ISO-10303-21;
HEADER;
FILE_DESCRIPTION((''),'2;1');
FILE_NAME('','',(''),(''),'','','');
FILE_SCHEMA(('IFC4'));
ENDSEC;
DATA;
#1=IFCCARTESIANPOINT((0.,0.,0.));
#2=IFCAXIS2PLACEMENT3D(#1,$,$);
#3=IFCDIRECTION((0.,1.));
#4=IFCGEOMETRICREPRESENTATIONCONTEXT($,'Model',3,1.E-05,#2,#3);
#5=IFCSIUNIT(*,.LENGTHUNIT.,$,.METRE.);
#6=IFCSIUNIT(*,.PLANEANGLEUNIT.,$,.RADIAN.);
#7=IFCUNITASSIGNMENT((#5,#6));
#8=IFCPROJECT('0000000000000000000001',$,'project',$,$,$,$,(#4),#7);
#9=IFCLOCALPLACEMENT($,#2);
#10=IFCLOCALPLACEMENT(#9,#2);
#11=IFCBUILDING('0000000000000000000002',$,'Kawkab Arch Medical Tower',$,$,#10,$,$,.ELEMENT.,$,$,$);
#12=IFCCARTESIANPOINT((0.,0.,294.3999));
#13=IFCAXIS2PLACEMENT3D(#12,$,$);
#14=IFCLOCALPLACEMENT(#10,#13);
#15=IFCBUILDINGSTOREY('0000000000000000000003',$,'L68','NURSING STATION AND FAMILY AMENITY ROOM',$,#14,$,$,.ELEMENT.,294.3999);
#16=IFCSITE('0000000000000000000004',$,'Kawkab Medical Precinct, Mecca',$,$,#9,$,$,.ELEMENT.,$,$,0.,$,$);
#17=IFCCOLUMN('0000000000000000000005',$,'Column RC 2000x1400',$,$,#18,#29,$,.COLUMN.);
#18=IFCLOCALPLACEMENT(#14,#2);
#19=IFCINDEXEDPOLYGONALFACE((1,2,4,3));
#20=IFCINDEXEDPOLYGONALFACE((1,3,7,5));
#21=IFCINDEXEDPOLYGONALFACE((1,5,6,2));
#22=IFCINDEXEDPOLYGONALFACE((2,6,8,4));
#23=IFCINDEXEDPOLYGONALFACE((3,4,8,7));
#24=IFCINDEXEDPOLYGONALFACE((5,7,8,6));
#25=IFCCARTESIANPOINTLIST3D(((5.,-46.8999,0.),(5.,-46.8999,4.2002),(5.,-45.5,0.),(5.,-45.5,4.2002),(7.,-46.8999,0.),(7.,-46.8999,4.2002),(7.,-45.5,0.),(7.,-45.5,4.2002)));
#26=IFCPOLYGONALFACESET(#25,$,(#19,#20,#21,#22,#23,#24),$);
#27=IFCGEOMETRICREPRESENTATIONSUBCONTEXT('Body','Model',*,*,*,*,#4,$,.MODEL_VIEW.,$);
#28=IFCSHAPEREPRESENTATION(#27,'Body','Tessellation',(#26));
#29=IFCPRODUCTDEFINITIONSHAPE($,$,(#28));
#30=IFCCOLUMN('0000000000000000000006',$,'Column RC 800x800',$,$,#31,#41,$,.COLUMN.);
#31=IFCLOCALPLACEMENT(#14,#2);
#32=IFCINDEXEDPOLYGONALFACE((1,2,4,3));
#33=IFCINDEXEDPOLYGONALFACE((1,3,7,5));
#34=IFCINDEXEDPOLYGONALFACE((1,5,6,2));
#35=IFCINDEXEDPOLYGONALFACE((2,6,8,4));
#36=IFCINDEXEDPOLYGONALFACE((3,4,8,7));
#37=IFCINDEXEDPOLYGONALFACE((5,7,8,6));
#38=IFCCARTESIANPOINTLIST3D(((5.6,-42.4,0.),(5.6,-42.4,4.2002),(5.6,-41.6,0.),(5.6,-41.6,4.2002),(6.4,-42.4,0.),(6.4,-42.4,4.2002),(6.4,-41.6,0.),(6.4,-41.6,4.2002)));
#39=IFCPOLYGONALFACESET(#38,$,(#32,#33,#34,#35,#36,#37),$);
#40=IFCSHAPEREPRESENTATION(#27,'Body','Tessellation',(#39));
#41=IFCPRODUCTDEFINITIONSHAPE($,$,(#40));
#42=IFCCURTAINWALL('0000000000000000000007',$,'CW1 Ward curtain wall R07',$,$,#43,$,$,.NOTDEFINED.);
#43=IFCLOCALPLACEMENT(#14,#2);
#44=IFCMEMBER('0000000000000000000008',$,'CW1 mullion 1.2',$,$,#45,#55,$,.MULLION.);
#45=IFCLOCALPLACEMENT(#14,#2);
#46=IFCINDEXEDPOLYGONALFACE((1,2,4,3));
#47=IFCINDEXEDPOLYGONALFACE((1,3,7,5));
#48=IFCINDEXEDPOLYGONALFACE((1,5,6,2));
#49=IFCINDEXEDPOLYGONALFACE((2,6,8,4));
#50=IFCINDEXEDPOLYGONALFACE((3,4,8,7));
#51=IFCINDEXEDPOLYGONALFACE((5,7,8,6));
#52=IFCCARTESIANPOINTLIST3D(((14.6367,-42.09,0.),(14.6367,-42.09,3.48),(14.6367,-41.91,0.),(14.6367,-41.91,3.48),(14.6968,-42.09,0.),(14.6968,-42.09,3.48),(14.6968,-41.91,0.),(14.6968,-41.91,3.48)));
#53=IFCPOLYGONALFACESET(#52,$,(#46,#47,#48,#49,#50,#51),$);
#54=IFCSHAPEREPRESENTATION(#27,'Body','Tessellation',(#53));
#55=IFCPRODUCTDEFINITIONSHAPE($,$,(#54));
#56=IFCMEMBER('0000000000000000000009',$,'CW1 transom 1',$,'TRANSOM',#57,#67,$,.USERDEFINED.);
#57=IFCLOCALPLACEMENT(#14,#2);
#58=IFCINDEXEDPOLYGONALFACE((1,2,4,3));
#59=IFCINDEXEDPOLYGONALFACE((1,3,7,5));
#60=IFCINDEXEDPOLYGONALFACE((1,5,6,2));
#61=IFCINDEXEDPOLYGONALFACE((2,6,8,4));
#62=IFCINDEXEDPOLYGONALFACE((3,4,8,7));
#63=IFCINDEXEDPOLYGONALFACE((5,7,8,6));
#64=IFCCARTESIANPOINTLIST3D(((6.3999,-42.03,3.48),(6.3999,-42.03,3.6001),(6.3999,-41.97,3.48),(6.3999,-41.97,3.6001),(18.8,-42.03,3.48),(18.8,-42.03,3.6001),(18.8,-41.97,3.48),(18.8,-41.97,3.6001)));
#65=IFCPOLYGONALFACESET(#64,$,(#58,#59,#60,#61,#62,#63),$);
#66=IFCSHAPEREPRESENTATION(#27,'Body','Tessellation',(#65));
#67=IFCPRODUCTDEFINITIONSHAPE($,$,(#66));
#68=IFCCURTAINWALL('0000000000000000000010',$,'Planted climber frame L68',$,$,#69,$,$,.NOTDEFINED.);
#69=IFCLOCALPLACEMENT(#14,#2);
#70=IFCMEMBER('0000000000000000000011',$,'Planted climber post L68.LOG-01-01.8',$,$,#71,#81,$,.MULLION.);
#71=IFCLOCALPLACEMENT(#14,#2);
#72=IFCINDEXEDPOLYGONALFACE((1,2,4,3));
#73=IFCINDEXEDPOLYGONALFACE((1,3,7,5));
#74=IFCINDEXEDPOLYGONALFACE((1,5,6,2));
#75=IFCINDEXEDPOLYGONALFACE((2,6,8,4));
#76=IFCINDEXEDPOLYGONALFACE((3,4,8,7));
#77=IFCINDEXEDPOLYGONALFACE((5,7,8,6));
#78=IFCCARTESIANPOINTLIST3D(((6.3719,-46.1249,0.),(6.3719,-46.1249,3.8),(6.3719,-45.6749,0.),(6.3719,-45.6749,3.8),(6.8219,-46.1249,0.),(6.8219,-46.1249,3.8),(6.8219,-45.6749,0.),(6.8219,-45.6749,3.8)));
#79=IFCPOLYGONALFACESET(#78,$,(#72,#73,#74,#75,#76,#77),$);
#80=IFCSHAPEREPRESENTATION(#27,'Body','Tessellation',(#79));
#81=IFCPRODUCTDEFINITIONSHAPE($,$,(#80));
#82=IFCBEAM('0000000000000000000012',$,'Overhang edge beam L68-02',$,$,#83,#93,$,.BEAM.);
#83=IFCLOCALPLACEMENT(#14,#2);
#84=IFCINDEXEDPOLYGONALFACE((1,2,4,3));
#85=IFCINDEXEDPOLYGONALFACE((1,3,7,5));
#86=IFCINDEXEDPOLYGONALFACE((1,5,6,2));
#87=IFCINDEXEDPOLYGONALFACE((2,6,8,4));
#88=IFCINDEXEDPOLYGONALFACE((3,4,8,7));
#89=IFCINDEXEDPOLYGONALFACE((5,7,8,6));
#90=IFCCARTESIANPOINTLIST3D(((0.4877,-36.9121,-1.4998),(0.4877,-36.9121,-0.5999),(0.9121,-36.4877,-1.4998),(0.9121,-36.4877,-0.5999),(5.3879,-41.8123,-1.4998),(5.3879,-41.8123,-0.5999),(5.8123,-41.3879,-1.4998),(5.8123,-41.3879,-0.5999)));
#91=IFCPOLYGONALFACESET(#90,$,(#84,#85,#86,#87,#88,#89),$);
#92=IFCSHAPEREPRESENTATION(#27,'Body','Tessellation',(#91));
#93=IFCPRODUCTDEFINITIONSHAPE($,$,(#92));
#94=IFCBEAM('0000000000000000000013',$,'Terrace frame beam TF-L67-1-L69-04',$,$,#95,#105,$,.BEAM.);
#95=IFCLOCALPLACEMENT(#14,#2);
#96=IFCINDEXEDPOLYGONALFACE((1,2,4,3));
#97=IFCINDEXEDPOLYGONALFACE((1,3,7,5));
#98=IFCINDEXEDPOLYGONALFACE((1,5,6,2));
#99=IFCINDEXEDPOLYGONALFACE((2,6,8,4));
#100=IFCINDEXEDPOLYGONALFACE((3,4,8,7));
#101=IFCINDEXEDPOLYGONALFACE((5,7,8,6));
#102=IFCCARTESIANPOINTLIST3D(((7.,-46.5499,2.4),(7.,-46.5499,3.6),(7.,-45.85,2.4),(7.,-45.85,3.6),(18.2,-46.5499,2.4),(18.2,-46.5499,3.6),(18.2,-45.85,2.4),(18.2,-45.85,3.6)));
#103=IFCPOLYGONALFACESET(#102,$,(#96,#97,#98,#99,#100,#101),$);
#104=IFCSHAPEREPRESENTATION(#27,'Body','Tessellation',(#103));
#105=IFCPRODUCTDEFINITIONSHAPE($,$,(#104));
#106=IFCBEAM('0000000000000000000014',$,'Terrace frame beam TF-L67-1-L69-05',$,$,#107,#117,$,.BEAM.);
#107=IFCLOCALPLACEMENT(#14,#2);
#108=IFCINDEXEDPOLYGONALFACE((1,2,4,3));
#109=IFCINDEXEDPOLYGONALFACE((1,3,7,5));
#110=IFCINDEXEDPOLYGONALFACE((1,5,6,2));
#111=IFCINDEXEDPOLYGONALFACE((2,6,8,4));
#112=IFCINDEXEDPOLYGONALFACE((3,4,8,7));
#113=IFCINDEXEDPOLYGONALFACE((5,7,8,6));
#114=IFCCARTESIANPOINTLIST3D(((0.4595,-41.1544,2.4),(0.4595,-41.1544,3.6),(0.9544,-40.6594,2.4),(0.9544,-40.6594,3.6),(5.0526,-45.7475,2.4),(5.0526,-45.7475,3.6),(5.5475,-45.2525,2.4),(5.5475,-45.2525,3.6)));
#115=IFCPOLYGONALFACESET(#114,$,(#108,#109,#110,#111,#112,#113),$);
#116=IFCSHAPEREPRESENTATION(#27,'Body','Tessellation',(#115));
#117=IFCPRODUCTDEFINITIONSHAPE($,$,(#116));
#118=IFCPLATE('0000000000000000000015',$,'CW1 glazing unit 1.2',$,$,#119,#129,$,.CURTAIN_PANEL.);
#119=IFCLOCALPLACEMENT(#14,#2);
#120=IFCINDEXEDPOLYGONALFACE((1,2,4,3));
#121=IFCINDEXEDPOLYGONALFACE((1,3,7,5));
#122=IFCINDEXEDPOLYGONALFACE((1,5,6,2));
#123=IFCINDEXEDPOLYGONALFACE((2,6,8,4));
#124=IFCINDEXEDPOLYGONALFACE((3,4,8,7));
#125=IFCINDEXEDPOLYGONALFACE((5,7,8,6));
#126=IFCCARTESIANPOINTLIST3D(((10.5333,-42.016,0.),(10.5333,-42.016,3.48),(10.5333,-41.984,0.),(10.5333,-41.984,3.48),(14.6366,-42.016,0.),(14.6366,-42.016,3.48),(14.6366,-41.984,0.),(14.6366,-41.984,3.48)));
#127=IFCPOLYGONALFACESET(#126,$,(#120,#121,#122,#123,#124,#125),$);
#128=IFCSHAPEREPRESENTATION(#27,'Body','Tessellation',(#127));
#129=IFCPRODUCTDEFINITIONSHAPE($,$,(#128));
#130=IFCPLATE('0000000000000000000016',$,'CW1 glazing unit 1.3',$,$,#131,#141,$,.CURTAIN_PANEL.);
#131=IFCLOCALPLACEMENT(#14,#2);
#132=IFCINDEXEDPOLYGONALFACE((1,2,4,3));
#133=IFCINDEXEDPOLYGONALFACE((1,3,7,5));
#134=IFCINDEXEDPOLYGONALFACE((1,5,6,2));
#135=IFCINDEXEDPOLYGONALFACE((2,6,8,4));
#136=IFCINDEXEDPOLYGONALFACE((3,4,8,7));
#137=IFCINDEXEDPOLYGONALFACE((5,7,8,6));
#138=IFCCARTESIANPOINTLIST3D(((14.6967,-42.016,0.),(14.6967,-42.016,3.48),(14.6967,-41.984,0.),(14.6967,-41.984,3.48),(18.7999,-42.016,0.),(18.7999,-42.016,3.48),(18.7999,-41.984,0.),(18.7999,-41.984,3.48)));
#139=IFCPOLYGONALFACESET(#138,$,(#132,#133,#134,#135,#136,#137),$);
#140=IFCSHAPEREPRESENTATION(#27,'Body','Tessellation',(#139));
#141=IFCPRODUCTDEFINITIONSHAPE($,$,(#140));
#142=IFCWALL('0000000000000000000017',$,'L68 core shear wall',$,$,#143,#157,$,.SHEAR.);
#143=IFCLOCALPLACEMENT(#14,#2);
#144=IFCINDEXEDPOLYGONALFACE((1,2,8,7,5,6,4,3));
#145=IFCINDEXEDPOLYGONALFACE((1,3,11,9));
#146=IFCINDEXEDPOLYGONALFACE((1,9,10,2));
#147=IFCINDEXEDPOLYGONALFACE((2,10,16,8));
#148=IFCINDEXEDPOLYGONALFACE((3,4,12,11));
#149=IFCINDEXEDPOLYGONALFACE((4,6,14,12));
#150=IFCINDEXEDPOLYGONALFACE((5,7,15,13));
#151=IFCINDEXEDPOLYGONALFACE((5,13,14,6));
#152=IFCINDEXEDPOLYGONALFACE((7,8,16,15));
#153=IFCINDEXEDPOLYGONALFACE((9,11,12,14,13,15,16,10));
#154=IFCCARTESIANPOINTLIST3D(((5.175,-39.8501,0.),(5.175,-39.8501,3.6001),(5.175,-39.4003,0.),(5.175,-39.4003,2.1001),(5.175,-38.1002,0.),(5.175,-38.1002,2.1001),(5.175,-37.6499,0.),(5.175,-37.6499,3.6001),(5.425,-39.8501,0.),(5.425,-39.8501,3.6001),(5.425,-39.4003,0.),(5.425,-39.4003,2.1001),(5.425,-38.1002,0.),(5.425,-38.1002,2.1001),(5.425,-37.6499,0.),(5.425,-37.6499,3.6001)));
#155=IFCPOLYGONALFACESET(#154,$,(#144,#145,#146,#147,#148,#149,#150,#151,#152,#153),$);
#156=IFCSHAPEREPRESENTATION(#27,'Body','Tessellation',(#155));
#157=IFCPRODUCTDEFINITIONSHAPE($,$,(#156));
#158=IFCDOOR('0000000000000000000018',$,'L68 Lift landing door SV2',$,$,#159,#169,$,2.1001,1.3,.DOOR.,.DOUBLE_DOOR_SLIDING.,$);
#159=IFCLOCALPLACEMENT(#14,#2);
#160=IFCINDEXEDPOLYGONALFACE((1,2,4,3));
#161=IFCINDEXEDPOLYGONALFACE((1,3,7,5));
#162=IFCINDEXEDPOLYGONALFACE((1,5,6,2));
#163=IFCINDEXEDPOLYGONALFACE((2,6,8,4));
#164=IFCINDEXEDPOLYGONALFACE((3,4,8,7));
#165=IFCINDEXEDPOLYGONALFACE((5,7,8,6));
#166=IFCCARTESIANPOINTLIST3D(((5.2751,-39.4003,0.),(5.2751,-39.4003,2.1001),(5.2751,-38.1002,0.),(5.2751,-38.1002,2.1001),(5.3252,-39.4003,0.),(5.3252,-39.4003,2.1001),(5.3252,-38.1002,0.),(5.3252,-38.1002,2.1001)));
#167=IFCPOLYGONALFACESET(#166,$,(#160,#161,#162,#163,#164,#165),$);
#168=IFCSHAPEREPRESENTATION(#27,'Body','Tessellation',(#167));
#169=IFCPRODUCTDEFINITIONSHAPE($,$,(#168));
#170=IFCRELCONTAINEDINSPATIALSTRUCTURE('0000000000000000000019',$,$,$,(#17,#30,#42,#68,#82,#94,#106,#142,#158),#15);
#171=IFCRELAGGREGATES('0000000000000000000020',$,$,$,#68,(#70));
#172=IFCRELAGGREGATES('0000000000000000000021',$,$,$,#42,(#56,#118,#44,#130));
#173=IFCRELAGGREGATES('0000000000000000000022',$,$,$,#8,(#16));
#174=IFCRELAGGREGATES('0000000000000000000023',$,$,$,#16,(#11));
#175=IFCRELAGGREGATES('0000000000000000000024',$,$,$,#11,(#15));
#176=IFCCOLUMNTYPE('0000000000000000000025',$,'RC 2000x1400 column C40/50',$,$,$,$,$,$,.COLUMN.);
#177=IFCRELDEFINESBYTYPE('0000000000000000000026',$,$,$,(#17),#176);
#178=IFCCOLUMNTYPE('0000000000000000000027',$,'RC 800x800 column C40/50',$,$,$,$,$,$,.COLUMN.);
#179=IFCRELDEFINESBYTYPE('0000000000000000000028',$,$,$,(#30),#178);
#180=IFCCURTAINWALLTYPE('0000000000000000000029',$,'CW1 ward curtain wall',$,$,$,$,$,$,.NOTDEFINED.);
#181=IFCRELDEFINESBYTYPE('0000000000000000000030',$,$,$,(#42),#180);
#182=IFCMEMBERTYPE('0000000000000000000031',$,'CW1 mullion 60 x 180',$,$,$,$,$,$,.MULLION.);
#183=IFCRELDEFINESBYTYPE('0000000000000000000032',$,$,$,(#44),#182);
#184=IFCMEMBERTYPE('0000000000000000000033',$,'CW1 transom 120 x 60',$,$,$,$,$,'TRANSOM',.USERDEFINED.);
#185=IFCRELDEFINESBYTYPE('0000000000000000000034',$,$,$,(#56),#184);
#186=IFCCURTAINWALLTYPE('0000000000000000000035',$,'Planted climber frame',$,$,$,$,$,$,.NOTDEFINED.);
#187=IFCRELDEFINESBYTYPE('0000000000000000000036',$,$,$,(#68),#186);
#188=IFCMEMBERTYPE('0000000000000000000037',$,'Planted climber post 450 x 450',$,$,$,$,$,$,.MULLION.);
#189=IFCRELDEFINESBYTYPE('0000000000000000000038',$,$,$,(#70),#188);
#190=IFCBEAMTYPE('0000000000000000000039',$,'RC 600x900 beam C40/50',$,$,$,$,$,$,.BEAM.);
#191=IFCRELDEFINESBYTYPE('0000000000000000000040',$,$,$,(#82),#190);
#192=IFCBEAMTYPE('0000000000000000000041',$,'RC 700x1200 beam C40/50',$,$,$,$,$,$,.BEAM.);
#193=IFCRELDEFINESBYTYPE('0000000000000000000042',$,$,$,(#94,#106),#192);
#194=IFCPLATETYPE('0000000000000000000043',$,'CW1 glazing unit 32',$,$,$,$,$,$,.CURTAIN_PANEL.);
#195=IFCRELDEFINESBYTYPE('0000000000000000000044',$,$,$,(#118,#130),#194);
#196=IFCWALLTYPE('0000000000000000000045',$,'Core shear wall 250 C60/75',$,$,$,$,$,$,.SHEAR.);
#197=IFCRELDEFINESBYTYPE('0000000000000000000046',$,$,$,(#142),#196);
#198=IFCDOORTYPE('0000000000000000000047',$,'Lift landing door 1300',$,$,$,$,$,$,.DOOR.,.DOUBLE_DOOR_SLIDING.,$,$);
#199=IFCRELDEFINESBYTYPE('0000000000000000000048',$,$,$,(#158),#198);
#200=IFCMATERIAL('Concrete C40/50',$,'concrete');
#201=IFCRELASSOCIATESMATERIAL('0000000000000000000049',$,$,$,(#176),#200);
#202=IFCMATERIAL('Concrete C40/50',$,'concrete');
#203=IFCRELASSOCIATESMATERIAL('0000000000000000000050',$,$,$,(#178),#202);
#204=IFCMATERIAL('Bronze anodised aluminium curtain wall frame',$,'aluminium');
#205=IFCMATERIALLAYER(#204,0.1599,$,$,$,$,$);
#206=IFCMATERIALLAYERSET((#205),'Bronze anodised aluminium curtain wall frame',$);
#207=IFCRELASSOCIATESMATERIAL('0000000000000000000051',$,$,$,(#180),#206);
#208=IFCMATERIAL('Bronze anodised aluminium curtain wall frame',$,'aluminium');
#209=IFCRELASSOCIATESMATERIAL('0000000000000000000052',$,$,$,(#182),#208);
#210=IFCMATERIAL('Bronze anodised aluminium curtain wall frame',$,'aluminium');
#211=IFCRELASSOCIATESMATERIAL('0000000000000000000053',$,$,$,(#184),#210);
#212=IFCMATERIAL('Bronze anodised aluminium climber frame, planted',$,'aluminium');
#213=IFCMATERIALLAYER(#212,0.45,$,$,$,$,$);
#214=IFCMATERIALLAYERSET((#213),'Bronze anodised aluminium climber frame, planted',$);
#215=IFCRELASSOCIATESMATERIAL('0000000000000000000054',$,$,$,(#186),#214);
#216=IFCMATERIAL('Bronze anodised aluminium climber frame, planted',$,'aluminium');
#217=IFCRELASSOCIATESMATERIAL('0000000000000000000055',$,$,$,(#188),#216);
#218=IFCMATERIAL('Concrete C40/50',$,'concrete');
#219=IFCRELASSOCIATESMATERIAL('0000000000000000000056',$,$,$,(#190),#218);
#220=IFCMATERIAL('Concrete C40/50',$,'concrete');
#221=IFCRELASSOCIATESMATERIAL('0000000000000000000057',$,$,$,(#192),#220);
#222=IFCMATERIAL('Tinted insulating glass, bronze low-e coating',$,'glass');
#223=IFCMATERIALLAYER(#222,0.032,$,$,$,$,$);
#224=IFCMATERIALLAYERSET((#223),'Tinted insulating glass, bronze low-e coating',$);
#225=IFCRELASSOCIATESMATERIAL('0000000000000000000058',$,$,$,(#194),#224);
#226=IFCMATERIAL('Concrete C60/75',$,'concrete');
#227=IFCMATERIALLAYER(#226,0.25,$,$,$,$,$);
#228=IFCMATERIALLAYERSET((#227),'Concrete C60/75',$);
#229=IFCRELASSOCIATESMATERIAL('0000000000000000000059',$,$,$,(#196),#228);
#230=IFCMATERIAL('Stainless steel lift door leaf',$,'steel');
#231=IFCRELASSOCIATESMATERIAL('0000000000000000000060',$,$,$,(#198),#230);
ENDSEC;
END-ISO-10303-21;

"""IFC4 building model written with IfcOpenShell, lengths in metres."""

from ifc_helpers import new_model, si_unit, direction, frame, frame_2d, origin, origin_2d, place, context, subcontext, project, spatial, rectangle, extrude, material, layer, layer_set, material_profile, profile_set, type_object, element, fill, aggregate, save


model = new_model("IFC4")

# Units and contexts
model_context = context("Model", 3, precision=1e-05, world=origin(), true_north=direction((0.0, 1.0)))
body_context = subcontext(model_context, "Body", "Model", "MODEL_VIEW")
ifc_project = project(units=[si_unit("LENGTHUNIT", "METRE"), si_unit("PLANEANGLEUNIT", "RADIAN")], contexts=[model_context])

# Site, building, storey
site_placement = place(None, origin())
site = spatial("IfcSite", under=ifc_project, at=site_placement, Name="Kawkab Medical Precinct, Mecca", CompositionType="ELEMENT", RefElevation=0.0)
building_placement = place(site_placement, origin())
building = spatial("IfcBuilding", under=site, at=building_placement, Name="Kawkab Arch Medical Tower", CompositionType="ELEMENT")
storey_placement = place(building_placement, frame((0.0, 0.0, 294.3999)))
storey = spatial("IfcBuildingStorey", under=building, at=storey_placement, Name="L68", Description="NURSING STATION AND FAMILY AMENITY ROOM", CompositionType="ELEMENT", Elevation=294.3999)

# Columns
ifc_material_1 = material(Name="Concrete C40/50", Category="concrete")
ifc_material_profile_1 = material_profile(ifc_material_1, rectangle(XDim=2.0, YDim=1.3999, at=origin_2d()), Name="RC 2000x1400")
ifc_profile_set_1 = profile_set([ifc_material_profile_1], Name="Concrete C40/50")
column_type_1 = type_object("IfcColumnType", Name="RC 2000x1400 column C40/50", PredefinedType="COLUMN", material=ifc_profile_set_1)
column_1_placement = place(storey_placement, frame((6.0, -46.2, 0.0), z_axis=(0.0, 0.0, 1.0), x_axis=(-1.0, 0.0, 0.0)))
element("IfcColumn", 1, at=column_1_placement, inside=storey, type_object=column_type_1, Name="Column RC 2000x1400", PredefinedType="COLUMN", context=body_context, shape_type="SweptSolid", body=[
    extrude(rectangle(XDim=2.0, YDim=1.3999, at=origin_2d()), origin(), (0.0, 0.0, 1.0), 4.2002),
])
ifc_material_2 = material(Name="Concrete C40/50", Category="concrete")
ifc_material_profile_2 = material_profile(ifc_material_2, rectangle(XDim=0.8, YDim=0.8, at=origin_2d()), Name="RC 800x800")
ifc_profile_set_2 = profile_set([ifc_material_profile_2], Name="Concrete C40/50")
column_type_2 = type_object("IfcColumnType", Name="RC 800x800 column C40/50", PredefinedType="COLUMN", material=ifc_profile_set_2)
column_2_placement = place(storey_placement, frame((6.0, -42.0, 0.0), z_axis=(0.0, 0.0, 1.0), x_axis=(1.0, 0.0, 0.0)))
element("IfcColumn", 2, at=column_2_placement, inside=storey, type_object=column_type_2, Name="Column RC 800x800", PredefinedType="COLUMN", context=body_context, shape_type="SweptSolid", body=[
    extrude(rectangle(XDim=0.8, YDim=0.8, at=origin_2d()), origin(), (0.0, 0.0, 1.0), 4.2002),
])

# Curtain wall, members
ifc_material_3 = material(Name="Bronze anodised aluminium curtain wall frame", Category="aluminium")
ifc_layer_1 = layer(ifc_material_3, 0.1599)
ifc_layer_set_1 = layer_set([ifc_layer_1], Name="Bronze anodised aluminium curtain wall frame")
curtain_wall_type_1 = type_object("IfcCurtainWallType", Name="CW1 ward curtain wall", PredefinedType="NOTDEFINED", material=ifc_layer_set_1)
placement = place(storey_placement, origin())
curtain_wall_1 = element("IfcCurtainWall", 3, at=placement, inside=storey, type_object=curtain_wall_type_1, Name="CW1 Ward curtain wall R07", PredefinedType="NOTDEFINED")
ifc_material_4 = material(Name="Bronze anodised aluminium curtain wall frame", Category="aluminium")
ifc_material_profile_3 = material_profile(ifc_material_4, rectangle(XDim=0.1799, YDim=0.0601, at=origin_2d()), Name="AL 60x180")
ifc_profile_set_3 = profile_set([ifc_material_profile_3], Name="Bronze anodised aluminium curtain wall frame")
member_type_1 = type_object("IfcMemberType", Name="CW1 mullion 60 x 180", PredefinedType="MULLION", material=ifc_profile_set_3)
member_1_placement = place(storey_placement, frame((14.6667, -42.0, 0.0), z_axis=(0.0, 0.0, 1.0), x_axis=(0.0, 1.0, 0.0)))
member_1 = element("IfcMember", 4, at=member_1_placement, type_object=member_type_1, Name="CW1 mullion 1.2", PredefinedType="MULLION", context=body_context, shape_type="SweptSolid", body=[
    extrude(rectangle(XDim=0.1799, YDim=0.0601, at=origin_2d()), origin(), (0.0, 0.0, 1.0), 3.48),
])
ifc_material_5 = material(Name="Bronze anodised aluminium curtain wall frame", Category="aluminium")
ifc_material_profile_4 = material_profile(ifc_material_5, rectangle(XDim=0.0601, YDim=0.1201, at=origin_2d()), Name="AL 60x120")
ifc_profile_set_4 = profile_set([ifc_material_profile_4], Name="Bronze anodised aluminium curtain wall frame")
member_type_2 = type_object("IfcMemberType", Name="CW1 transom 120 x 60", ElementType="TRANSOM", PredefinedType="USERDEFINED", material=ifc_profile_set_4)
member_2_placement = place(storey_placement, frame((6.3999, -42.0, 3.54), z_axis=(1.0, 0.0, 0.0), x_axis=(0.0, 1.0, 0.0)))
member_2 = element("IfcMember", 5, at=member_2_placement, type_object=member_type_2, Name="CW1 transom 1", ObjectType="TRANSOM", PredefinedType="USERDEFINED", context=body_context, shape_type="SweptSolid", body=[
    extrude(rectangle(XDim=0.0601, YDim=0.1201, at=origin_2d()), origin(), (0.0, 0.0, 1.0), 12.4001),
])

# Curtain wall, member
ifc_material_6 = material(Name="Bronze anodised aluminium climber frame, planted", Category="aluminium")
ifc_layer_2 = layer(ifc_material_6, 0.45)
ifc_layer_set_2 = layer_set([ifc_layer_2], Name="Bronze anodised aluminium climber frame, planted")
curtain_wall_type_2 = type_object("IfcCurtainWallType", Name="Planted climber frame", PredefinedType="NOTDEFINED", material=ifc_layer_set_2)
curtain_wall_2 = element("IfcCurtainWall", 6, at=placement, inside=storey, type_object=curtain_wall_type_2, Name="Planted climber frame L68", PredefinedType="NOTDEFINED")
ifc_material_7 = material(Name="Bronze anodised aluminium climber frame, planted", Category="aluminium")
ifc_material_profile_5 = material_profile(ifc_material_7, rectangle(XDim=0.45, YDim=0.45, at=origin_2d()), Name="Post 450x450")
ifc_profile_set_5 = profile_set([ifc_material_profile_5], Name="Bronze anodised aluminium climber frame, planted")
member_type_3 = type_object("IfcMemberType", Name="Planted climber post 450 x 450", PredefinedType="MULLION", material=ifc_profile_set_5)
member_3_placement = place(storey_placement, frame((6.5969, -45.8999, 0.0), z_axis=(0.0, 0.0, 1.0), x_axis=(1.0, 0.0, 0.0)))
member_3 = element("IfcMember", 7, at=member_3_placement, type_object=member_type_3, Name="Planted climber post L68.LOG-01-01.8", PredefinedType="MULLION", context=body_context, shape_type="SweptSolid", body=[
    extrude(rectangle(XDim=0.45, YDim=0.45, at=origin_2d()), origin(), (0.0, 0.0, 1.0), 3.8),
])
aggregate(curtain_wall_2, [member_3])

# Beams
ifc_material_8 = material(Name="Concrete C40/50", Category="concrete")
ifc_material_profile_6 = material_profile(ifc_material_8, rectangle(XDim=0.6001, YDim=0.8999, at=origin_2d()), Name="RC 600x900")
ifc_profile_set_6 = profile_set([ifc_material_profile_6], Name="Concrete C40/50")
beam_type_1 = type_object("IfcBeamType", Name="RC 600x900 beam C40/50", PredefinedType="BEAM", material=ifc_profile_set_6)
beam_1_placement = place(storey_placement, frame((5.6001, -41.6001, -1.0498), z_axis=(-0.707107, 0.707107, 0.0), x_axis=(-0.707107, -0.707107, 0.0)))
element("IfcBeam", 8, at=beam_1_placement, inside=storey, type_object=beam_type_1, Name="Overhang edge beam L68-02", PredefinedType="BEAM", context=body_context, shape_type="SweptSolid", body=[
    extrude(rectangle(XDim=0.6001, YDim=0.8999, at=origin_2d()), origin(), (0.0, 0.0, 1.0), 6.9299),
])
ifc_material_9 = material(Name="Concrete C40/50", Category="concrete")
ifc_material_profile_7 = material_profile(ifc_material_9, rectangle(XDim=0.7, YDim=1.2, at=origin_2d()), Name="RC 700x1200")
ifc_profile_set_7 = profile_set([ifc_material_profile_7], Name="Concrete C40/50")
beam_type_2 = type_object("IfcBeamType", Name="RC 700x1200 beam C40/50", PredefinedType="BEAM", material=ifc_profile_set_7)
beam_2_placement = place(storey_placement, frame((18.2, -46.2, 3.0), z_axis=(-1.0, 0.0, 0.0), x_axis=(0.0, -1.0, 0.0)))
element("IfcBeam", 9, at=beam_2_placement, inside=storey, type_object=beam_type_2, Name="Terrace frame beam TF-L67-1-L69-04", PredefinedType="BEAM", context=body_context, shape_type="SweptSolid", body=[
    extrude(rectangle(XDim=0.7, YDim=1.2, at=origin_2d()), origin(), (0.0, 0.0, 1.0), 11.2),
])
beam_3_placement = place(storey_placement, frame((5.3, -45.5, 3.0), z_axis=(-0.707107, 0.707107, 0.0), x_axis=(-0.707107, -0.707107, 0.0)))
element("IfcBeam", 10, at=beam_3_placement, inside=storey, type_object=beam_type_2, Name="Terrace frame beam TF-L67-1-L69-05", PredefinedType="BEAM", context=body_context, shape_type="SweptSolid", body=[
    extrude(rectangle(XDim=0.7, YDim=1.2, at=origin_2d()), origin(), (0.0, 0.0, 1.0), 6.4956),
])

# Plates
ifc_material_10 = material(Name="Tinted insulating glass, bronze low-e coating", Category="glass")
ifc_layer_3 = layer(ifc_material_10, 0.032)
ifc_layer_set_3 = layer_set([ifc_layer_3], Name="Tinted insulating glass, bronze low-e coating")
plate_type = type_object("IfcPlateType", Name="CW1 glazing unit 32", PredefinedType="CURTAIN_PANEL", material=ifc_layer_set_3)
plate_1_placement = place(storey_placement, frame((12.585, -42.0, 0.0), z_axis=(0.0, 0.0, 1.0), x_axis=(1.0, 0.0, 0.0)))
plate_1 = element("IfcPlate", 11, at=plate_1_placement, type_object=plate_type, Name="CW1 glazing unit 1.2", PredefinedType="CURTAIN_PANEL", context=body_context, shape_type="SweptSolid", body=[
    extrude(rectangle(XDim=4.1033, YDim=0.032, at=origin_2d()), origin(), (0.0, 0.0, 1.0), 3.48),
])
plate_2_placement = place(storey_placement, frame((16.7483, -42.0, 0.0), z_axis=(0.0, 0.0, 1.0), x_axis=(1.0, 0.0, 0.0)))
plate_2 = element("IfcPlate", 12, at=plate_2_placement, type_object=plate_type, Name="CW1 glazing unit 1.3", PredefinedType="CURTAIN_PANEL", context=body_context, shape_type="SweptSolid", body=[
    extrude(rectangle(XDim=4.1033, YDim=0.032, at=origin_2d()), origin(), (0.0, 0.0, 1.0), 3.48),
])
aggregate(curtain_wall_1, [member_2, plate_1, member_1, plate_2])

# Wall, opening, door
ifc_material_11 = material(Name="Concrete C60/75", Category="concrete")
ifc_layer_4 = layer(ifc_material_11, 0.25)
ifc_layer_set_4 = layer_set([ifc_layer_4], Name="Concrete C60/75")
wall_type_1 = type_object("IfcWallType", Name="Core shear wall 250 C60/75", PredefinedType="SHEAR", material=ifc_layer_set_4)
wall_1_placement = place(storey_placement, frame((5.3, -39.8501, 0.0), z_axis=(0.0, 0.0, 1.0), x_axis=(0.0, 1.0, 0.0)))
wall_1 = element("IfcWall", 13, at=wall_1_placement, inside=storey, type_object=wall_type_1, Name="L68 core shear wall", PredefinedType="SHEAR", context=body_context, shape_type="SweptSolid", body=[
    extrude(rectangle(XDim=2.2002, YDim=0.25, at=frame_2d((1.1001, 0.0))), origin(), (0.0, 0.0, 1.0), 3.6001),
])
opening_1_placement = place(wall_1_placement, frame((0.45, 0.0, 0.0)))
opening_1 = element("IfcOpeningElement", 14, at=opening_1_placement, cuts=wall_1, PredefinedType="OPENING", context=body_context, shape_type="SweptSolid", body=[
    extrude(rectangle(XDim=1.3, YDim=2.1001, at=frame_2d((0.6499, 1.05))), frame((0.0, 0.135, 0.0), z_axis=(0.0, -1.0, 0.0), x_axis=(1.0, 0.0, 0.0)), (0.0, 0.0, 1.0), 0.27),
])
ifc_material_12 = material(Name="Stainless steel lift door leaf", Category="steel")
door_type_1 = type_object("IfcDoorType", Name="Lift landing door 1300", OperationType="DOUBLE_DOOR_SLIDING", PredefinedType="DOOR", material=ifc_material_12)
door_1_placement = place(opening_1_placement, origin())
door_1 = element("IfcDoor", 15, at=door_1_placement, inside=storey, type_object=door_type_1, Name="L68 Lift landing door SV2", OperationType="DOUBLE_DOOR_SLIDING", OverallHeight=2.1001, OverallWidth=1.3, PredefinedType="DOOR", context=body_context, shape_type="SweptSolid", body=[
    extrude(rectangle(XDim=1.3, YDim=2.1001, at=frame_2d((0.6499, 1.05))), frame((0.0, 0.0249, 0.0), z_axis=(0.0, -1.0, 0.0), x_axis=(1.0, 0.0, 0.0)), (0.0, 0.0, 1.0), 0.05),
])
fill(opening_1, door_1)

save(model, "model.ifc")
